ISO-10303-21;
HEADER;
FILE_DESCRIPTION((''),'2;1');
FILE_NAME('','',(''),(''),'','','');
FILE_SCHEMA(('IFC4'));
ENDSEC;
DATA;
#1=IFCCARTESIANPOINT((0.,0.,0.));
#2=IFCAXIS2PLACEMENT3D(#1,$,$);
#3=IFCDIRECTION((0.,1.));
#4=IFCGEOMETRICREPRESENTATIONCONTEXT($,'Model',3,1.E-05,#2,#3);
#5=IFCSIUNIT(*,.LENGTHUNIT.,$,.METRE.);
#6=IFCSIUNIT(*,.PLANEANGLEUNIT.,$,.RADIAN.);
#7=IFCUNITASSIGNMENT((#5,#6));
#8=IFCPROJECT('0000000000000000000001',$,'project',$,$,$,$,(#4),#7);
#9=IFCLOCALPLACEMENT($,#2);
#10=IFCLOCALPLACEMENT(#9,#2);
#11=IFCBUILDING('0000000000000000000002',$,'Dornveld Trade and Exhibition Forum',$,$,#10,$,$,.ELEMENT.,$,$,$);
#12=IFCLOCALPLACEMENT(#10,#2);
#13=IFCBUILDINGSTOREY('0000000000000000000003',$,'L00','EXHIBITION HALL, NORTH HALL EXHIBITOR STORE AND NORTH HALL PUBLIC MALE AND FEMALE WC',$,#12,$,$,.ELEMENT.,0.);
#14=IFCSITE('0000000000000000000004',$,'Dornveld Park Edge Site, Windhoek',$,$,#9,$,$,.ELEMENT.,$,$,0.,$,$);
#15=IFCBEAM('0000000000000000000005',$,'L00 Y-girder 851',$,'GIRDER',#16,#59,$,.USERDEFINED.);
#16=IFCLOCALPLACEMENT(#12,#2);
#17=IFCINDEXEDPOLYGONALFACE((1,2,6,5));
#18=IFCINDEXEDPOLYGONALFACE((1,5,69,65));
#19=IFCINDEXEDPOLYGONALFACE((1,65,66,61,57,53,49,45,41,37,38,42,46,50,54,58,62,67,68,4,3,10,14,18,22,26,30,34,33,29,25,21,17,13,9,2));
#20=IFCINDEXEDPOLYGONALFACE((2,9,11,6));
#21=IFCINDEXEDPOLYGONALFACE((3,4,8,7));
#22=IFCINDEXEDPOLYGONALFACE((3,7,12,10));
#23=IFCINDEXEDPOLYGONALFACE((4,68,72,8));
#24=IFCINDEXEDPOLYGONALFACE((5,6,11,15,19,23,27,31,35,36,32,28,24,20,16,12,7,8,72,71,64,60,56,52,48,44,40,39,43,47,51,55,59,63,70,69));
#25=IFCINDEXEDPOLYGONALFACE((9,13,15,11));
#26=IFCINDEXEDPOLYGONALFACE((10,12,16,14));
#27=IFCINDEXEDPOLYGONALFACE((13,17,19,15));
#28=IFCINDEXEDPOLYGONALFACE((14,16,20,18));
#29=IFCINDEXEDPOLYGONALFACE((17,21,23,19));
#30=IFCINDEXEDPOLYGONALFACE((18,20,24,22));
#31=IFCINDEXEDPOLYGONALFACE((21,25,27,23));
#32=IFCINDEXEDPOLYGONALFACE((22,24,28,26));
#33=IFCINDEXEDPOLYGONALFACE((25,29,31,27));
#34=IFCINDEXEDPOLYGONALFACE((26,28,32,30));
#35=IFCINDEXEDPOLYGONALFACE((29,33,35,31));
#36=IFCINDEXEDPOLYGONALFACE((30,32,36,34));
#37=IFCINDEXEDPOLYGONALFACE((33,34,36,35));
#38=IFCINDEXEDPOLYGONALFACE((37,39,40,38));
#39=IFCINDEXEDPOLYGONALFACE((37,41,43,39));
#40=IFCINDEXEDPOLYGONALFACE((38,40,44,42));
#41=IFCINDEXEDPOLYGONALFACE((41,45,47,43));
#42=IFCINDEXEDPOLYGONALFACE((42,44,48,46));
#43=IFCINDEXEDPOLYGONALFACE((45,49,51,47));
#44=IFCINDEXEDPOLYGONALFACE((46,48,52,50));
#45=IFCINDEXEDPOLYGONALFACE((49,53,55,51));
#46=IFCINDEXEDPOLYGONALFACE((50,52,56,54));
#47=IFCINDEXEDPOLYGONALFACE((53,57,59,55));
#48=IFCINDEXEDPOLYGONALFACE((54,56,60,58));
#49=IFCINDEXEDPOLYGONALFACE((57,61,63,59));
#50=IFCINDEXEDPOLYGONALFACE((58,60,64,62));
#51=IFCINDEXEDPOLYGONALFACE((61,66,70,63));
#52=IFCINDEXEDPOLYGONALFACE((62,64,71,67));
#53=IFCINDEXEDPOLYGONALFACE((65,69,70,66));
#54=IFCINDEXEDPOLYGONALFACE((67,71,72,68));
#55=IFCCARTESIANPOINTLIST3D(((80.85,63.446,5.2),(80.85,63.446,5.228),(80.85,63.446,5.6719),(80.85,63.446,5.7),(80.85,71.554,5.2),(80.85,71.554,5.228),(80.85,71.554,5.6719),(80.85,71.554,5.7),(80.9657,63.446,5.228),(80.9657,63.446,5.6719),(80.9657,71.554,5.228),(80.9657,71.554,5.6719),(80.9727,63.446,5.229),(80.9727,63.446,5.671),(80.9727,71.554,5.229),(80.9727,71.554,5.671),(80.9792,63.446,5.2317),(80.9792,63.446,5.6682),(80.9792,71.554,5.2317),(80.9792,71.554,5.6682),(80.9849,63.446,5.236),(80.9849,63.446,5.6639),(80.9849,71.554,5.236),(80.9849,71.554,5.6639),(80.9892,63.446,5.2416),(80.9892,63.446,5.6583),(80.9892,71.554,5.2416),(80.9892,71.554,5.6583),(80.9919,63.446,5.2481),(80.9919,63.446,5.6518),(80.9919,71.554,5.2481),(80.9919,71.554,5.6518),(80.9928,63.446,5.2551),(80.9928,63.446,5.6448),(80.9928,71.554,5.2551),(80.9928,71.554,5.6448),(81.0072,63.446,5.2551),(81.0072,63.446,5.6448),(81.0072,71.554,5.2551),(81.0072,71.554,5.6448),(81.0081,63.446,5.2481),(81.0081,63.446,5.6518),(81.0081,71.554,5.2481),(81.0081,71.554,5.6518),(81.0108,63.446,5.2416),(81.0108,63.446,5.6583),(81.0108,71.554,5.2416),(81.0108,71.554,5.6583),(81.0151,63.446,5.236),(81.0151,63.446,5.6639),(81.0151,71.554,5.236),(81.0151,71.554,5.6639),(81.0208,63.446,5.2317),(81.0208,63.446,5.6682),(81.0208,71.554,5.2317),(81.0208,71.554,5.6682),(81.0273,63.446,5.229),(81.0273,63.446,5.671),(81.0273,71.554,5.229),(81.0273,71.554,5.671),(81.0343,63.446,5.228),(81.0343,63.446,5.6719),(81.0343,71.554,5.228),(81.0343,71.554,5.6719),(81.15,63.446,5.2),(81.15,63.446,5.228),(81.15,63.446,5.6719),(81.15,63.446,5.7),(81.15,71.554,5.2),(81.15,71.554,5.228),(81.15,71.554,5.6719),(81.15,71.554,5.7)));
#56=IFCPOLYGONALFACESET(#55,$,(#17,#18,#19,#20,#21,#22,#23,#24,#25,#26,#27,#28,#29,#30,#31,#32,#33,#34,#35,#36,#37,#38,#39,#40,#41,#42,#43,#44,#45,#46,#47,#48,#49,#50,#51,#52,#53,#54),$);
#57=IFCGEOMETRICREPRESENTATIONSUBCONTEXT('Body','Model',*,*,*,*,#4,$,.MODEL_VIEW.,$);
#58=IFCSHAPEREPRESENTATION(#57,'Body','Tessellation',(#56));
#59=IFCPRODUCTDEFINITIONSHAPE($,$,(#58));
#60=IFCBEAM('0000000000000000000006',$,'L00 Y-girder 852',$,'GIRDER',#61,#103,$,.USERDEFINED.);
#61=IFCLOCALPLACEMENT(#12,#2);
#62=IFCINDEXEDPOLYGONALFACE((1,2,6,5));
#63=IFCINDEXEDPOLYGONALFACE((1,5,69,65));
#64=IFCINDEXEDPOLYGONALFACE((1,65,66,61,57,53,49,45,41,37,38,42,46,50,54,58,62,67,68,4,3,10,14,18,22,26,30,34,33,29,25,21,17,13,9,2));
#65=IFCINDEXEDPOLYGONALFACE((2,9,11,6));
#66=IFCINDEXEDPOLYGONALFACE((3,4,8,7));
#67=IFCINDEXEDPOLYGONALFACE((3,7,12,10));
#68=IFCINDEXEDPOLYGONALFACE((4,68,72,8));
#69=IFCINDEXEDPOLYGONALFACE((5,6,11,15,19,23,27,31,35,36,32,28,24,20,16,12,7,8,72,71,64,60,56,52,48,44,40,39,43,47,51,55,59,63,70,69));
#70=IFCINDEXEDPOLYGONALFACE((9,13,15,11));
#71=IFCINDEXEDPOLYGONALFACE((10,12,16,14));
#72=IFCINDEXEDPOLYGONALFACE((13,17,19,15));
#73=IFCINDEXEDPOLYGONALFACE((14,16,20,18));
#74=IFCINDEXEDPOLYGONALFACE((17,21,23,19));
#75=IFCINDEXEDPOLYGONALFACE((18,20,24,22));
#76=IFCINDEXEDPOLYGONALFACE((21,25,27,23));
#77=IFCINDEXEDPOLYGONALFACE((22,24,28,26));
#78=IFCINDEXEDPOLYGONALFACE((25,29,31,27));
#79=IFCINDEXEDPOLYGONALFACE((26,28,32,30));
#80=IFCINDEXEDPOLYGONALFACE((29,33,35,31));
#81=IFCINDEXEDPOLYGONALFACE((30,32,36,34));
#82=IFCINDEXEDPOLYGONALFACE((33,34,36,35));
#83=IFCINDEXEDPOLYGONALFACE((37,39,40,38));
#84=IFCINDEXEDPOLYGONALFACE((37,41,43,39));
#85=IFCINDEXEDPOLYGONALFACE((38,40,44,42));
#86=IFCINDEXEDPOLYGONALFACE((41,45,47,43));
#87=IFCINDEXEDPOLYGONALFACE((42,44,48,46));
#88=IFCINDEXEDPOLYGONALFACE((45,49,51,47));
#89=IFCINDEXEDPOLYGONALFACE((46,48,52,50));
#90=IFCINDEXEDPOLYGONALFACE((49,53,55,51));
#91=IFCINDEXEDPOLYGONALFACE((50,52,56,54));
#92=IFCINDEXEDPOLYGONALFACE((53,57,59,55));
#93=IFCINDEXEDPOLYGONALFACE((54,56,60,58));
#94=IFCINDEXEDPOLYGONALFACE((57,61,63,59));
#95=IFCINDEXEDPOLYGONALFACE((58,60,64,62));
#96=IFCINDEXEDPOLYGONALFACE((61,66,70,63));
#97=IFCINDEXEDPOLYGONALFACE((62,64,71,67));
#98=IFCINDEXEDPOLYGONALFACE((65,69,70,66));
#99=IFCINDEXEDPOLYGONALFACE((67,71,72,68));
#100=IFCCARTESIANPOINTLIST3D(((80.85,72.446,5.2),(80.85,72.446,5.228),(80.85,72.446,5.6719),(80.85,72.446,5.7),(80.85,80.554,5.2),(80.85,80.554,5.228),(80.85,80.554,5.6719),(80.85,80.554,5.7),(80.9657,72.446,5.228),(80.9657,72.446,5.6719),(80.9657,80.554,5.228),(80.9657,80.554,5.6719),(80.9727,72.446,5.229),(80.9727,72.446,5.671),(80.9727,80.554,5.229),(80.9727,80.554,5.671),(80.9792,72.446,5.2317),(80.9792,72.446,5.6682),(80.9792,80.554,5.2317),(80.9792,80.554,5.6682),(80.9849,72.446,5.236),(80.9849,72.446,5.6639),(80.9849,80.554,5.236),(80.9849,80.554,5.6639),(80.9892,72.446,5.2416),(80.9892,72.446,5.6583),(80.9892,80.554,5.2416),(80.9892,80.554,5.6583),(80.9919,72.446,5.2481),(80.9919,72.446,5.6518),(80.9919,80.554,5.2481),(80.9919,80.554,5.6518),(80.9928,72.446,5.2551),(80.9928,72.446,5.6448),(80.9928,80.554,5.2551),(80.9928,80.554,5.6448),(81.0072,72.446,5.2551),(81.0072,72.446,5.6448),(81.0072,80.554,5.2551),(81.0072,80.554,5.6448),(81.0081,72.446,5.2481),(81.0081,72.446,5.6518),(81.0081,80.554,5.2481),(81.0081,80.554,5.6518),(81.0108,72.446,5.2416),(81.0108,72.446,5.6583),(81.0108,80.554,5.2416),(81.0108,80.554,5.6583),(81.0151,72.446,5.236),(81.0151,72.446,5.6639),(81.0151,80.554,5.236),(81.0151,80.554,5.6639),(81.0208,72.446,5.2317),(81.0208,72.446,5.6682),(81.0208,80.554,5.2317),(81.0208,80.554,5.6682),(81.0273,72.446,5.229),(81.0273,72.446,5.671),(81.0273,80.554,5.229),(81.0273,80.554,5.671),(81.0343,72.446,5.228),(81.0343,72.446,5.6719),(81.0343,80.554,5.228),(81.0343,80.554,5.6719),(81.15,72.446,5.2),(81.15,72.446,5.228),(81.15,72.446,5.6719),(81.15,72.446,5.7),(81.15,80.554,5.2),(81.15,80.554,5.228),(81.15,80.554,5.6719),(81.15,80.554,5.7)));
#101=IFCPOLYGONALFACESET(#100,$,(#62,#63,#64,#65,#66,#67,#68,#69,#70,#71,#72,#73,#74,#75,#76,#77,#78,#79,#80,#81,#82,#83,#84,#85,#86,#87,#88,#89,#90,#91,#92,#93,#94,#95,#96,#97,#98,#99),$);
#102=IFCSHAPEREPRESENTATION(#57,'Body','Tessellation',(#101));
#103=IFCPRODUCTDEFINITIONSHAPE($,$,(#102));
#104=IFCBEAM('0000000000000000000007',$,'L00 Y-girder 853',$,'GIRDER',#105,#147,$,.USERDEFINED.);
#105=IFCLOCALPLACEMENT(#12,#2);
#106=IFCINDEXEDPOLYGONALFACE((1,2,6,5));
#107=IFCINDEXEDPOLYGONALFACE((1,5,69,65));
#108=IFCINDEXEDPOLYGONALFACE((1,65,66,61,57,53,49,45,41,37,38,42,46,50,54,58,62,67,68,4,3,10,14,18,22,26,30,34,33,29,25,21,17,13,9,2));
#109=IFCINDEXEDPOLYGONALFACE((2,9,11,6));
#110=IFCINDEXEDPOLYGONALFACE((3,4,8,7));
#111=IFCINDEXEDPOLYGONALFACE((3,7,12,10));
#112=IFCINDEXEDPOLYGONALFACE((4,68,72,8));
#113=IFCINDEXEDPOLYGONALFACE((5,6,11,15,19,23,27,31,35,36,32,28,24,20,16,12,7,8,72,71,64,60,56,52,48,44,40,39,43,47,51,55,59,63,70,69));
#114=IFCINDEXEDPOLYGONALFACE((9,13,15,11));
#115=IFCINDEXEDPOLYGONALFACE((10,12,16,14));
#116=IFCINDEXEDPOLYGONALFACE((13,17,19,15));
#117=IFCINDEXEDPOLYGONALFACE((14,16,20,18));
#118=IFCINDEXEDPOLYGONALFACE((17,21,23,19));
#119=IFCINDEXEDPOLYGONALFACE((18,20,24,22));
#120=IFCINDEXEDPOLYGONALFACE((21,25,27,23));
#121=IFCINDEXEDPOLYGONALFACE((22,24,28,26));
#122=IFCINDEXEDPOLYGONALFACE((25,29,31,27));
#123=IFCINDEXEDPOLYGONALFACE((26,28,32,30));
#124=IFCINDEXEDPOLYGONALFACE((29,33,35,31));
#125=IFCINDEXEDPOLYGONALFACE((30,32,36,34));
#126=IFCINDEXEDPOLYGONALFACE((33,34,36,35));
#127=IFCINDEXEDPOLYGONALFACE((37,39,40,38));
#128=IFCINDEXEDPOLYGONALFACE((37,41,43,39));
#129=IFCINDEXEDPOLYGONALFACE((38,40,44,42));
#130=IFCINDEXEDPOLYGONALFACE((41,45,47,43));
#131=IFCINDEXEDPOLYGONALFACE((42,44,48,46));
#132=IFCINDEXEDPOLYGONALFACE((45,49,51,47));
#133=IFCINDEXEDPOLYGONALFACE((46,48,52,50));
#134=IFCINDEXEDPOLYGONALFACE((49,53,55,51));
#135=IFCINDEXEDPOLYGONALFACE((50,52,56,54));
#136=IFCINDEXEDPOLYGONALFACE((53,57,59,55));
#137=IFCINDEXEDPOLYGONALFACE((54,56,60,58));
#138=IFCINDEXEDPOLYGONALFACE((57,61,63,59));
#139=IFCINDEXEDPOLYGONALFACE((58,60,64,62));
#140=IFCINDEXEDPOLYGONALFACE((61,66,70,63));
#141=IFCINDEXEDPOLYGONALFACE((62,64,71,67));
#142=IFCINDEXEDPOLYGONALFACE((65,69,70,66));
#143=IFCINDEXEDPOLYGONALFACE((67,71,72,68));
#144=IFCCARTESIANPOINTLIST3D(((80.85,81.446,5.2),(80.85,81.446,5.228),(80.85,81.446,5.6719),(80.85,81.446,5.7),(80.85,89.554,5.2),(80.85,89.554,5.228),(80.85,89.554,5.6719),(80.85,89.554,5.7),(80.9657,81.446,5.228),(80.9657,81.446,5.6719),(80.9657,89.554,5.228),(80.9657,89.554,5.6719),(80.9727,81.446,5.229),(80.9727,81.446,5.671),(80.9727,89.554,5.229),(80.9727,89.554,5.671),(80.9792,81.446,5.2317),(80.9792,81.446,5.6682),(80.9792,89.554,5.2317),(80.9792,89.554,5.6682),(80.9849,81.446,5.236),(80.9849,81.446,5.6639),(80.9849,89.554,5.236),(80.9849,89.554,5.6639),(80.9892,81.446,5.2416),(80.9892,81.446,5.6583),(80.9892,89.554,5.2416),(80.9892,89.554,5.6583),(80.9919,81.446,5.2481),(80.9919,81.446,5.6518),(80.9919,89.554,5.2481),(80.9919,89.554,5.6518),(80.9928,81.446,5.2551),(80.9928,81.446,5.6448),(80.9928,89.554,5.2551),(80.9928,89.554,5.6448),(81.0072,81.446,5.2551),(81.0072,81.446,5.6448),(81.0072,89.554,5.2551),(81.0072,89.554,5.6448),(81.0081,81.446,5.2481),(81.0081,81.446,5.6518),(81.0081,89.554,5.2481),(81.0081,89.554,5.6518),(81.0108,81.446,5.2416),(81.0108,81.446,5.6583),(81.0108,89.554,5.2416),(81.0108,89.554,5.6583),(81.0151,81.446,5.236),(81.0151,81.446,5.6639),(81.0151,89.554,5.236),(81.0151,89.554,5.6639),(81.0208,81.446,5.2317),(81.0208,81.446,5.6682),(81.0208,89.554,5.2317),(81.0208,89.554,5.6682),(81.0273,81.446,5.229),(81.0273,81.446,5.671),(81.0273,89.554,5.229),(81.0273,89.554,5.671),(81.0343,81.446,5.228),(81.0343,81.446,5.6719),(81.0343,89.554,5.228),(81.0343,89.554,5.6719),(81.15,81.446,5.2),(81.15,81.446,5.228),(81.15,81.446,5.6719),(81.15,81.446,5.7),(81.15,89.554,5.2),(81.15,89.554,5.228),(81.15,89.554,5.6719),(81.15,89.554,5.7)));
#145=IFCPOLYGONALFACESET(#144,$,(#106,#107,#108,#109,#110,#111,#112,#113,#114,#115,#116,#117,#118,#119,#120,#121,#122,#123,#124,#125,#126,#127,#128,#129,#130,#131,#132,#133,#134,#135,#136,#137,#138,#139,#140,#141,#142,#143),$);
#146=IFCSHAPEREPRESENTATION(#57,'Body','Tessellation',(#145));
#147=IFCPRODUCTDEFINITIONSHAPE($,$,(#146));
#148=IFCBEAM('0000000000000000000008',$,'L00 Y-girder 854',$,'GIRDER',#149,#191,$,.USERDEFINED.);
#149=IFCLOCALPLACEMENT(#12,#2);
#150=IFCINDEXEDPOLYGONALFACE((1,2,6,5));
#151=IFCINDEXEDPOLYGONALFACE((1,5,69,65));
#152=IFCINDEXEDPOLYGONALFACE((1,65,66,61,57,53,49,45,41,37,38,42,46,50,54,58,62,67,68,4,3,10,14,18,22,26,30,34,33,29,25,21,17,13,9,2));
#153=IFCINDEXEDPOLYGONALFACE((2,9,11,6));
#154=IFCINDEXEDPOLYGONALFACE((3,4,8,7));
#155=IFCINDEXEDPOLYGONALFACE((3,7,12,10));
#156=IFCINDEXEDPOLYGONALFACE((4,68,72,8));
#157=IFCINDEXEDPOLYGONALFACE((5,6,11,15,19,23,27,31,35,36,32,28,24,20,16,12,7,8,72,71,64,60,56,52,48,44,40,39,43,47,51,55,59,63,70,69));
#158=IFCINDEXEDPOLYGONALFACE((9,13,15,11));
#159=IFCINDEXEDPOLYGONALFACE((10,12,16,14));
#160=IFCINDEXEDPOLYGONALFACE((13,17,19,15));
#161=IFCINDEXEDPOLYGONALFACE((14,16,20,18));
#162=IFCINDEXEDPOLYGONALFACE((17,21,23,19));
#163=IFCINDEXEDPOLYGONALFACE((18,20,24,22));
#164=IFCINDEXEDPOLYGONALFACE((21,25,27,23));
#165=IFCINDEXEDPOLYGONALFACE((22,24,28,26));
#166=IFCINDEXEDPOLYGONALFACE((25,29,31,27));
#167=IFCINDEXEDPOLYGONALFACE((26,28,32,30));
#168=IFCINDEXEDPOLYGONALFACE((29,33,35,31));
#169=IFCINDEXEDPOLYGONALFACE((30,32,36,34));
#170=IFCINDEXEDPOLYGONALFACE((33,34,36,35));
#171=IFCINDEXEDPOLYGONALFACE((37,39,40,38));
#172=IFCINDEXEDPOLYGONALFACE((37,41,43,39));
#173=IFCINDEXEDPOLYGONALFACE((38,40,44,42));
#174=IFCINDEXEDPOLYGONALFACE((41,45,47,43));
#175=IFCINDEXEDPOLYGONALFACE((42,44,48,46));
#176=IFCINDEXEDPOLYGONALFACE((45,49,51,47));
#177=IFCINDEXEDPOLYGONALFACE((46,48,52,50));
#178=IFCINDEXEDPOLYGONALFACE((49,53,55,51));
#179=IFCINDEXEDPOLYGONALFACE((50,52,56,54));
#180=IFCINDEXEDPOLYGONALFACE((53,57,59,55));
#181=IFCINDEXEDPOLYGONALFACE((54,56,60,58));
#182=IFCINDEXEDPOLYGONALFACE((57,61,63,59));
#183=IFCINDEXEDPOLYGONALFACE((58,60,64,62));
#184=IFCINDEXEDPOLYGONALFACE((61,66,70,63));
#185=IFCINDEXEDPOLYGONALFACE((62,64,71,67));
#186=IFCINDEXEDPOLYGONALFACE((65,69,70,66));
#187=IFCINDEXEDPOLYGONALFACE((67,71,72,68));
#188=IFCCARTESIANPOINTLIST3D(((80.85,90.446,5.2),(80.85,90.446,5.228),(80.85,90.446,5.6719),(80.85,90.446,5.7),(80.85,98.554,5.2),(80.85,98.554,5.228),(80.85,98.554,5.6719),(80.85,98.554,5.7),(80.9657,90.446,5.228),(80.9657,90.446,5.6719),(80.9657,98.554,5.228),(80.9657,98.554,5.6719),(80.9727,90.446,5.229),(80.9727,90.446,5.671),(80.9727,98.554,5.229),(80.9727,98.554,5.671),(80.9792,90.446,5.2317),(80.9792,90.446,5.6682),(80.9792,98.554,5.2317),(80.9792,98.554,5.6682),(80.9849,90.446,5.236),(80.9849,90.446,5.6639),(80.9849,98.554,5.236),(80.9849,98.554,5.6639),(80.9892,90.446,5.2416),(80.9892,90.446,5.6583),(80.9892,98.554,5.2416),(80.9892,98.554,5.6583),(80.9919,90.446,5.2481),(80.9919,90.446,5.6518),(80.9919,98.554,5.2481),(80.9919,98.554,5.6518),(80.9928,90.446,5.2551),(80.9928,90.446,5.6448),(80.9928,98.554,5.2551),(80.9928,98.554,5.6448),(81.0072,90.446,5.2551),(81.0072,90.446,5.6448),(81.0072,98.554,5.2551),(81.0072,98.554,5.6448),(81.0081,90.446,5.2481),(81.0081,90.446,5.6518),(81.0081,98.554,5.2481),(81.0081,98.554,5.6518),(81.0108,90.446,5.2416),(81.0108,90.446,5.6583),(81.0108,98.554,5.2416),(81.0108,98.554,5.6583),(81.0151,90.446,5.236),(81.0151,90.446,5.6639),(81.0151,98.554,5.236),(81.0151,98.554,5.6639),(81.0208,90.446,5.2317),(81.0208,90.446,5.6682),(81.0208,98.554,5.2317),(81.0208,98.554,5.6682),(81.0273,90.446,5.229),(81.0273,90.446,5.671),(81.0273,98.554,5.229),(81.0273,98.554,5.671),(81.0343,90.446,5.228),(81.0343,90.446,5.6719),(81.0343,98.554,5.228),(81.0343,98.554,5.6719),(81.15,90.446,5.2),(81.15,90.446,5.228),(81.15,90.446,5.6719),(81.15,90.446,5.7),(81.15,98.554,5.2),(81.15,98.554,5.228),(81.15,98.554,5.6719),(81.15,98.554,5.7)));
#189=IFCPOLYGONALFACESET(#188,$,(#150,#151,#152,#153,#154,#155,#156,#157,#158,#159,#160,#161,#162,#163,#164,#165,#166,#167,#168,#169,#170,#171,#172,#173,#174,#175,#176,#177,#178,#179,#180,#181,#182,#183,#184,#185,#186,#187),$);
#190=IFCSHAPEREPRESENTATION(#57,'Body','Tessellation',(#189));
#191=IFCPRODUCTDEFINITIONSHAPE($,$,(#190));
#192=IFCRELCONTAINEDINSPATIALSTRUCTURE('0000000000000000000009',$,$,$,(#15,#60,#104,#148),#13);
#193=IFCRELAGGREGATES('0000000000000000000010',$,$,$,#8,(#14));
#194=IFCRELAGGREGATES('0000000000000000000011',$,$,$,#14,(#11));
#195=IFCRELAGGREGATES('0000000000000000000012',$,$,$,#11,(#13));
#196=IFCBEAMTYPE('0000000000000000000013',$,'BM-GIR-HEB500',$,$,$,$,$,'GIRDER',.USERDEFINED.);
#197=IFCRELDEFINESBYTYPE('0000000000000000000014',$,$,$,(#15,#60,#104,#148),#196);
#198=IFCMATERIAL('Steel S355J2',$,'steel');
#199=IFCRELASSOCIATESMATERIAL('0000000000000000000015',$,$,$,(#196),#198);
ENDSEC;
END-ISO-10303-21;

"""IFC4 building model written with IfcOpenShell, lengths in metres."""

from ifc_helpers import new_model, si_unit, direction, frame, origin, origin_2d, place, context, subcontext, project, spatial, i_section, extrude, material, material_profile, profile_set, type_object, element, save


model = new_model("IFC4")

# Units and contexts
model_context = context("Model", 3, precision=1e-05, world=origin(), true_north=direction((0.0, 1.0)))
body_context = subcontext(model_context, "Body", "Model", "MODEL_VIEW")
ifc_project = project(units=[si_unit("LENGTHUNIT", "METRE"), si_unit("PLANEANGLEUNIT", "RADIAN")], contexts=[model_context])

# Site, building, storey
site_placement = place(None, origin())
site = spatial("IfcSite", under=ifc_project, at=site_placement, Name="Dornveld Park Edge Site, Windhoek", CompositionType="ELEMENT", RefElevation=0.0)
building_placement = place(site_placement, origin())
building = spatial("IfcBuilding", under=site, at=building_placement, Name="Dornveld Trade and Exhibition Forum", CompositionType="ELEMENT")
storey_placement = place(building_placement, origin())
storey = spatial("IfcBuildingStorey", under=building, at=storey_placement, Name="L00", Description="EXHIBITION HALL, NORTH HALL EXHIBITOR STORE AND NORTH HALL PUBLIC MALE AND FEMALE WC", CompositionType="ELEMENT", Elevation=0.0)

# Beams
ifc_material_1 = material(Name="Steel S355J2", Category="steel")
ifc_material_profile_1 = material_profile(ifc_material_1, i_section(OverallWidth=0.3, OverallDepth=0.5, WebThickness=0.0144, FlangeThickness=0.0281, FilletRadius=0.0271, at=origin_2d()), Name="HEB 500")
ifc_profile_set_1 = profile_set([ifc_material_profile_1], Name="Steel S355J2")
beam_type_1 = type_object("IfcBeamType", Name="BM-GIR-HEB500", ElementType="GIRDER", PredefinedType="USERDEFINED", material=ifc_profile_set_1)
for number, where, z_axis, x_axis, name in (
    (1, (81.0, 63.446, 5.45), (0.0, 1.0, 0.0), (-1.0, 0.0, 0.0), "L00 Y-girder 851"),
    (2, (81.0, 72.446, 5.45), (0.0, 1.0, 0.0), (-1.0, 0.0, 0.0), "L00 Y-girder 852"),
    (3, (81.0, 81.446, 5.45), (0.0, 1.0, 0.0), (-1.0, 0.0, 0.0), "L00 Y-girder 853"),
    (4, (81.0, 90.446, 5.45), (0.0, 1.0, 0.0), (-1.0, 0.0, 0.0), "L00 Y-girder 854"),
):
    element("IfcBeam", number, at=place(storey_placement, frame(where, z_axis=z_axis, x_axis=x_axis)), inside=storey, type_object=beam_type_1, Name=name, ObjectType="GIRDER", PredefinedType="USERDEFINED", context=body_context, shape_type="SweptSolid", body=[
        extrude(i_section(OverallWidth=0.3, OverallDepth=0.5, WebThickness=0.0144, FlangeThickness=0.0281, FilletRadius=0.0271, at=origin_2d()), origin(), (0.0, 0.0, 1.0), 8.1079),
    ])

save(model, "model.ifc")
